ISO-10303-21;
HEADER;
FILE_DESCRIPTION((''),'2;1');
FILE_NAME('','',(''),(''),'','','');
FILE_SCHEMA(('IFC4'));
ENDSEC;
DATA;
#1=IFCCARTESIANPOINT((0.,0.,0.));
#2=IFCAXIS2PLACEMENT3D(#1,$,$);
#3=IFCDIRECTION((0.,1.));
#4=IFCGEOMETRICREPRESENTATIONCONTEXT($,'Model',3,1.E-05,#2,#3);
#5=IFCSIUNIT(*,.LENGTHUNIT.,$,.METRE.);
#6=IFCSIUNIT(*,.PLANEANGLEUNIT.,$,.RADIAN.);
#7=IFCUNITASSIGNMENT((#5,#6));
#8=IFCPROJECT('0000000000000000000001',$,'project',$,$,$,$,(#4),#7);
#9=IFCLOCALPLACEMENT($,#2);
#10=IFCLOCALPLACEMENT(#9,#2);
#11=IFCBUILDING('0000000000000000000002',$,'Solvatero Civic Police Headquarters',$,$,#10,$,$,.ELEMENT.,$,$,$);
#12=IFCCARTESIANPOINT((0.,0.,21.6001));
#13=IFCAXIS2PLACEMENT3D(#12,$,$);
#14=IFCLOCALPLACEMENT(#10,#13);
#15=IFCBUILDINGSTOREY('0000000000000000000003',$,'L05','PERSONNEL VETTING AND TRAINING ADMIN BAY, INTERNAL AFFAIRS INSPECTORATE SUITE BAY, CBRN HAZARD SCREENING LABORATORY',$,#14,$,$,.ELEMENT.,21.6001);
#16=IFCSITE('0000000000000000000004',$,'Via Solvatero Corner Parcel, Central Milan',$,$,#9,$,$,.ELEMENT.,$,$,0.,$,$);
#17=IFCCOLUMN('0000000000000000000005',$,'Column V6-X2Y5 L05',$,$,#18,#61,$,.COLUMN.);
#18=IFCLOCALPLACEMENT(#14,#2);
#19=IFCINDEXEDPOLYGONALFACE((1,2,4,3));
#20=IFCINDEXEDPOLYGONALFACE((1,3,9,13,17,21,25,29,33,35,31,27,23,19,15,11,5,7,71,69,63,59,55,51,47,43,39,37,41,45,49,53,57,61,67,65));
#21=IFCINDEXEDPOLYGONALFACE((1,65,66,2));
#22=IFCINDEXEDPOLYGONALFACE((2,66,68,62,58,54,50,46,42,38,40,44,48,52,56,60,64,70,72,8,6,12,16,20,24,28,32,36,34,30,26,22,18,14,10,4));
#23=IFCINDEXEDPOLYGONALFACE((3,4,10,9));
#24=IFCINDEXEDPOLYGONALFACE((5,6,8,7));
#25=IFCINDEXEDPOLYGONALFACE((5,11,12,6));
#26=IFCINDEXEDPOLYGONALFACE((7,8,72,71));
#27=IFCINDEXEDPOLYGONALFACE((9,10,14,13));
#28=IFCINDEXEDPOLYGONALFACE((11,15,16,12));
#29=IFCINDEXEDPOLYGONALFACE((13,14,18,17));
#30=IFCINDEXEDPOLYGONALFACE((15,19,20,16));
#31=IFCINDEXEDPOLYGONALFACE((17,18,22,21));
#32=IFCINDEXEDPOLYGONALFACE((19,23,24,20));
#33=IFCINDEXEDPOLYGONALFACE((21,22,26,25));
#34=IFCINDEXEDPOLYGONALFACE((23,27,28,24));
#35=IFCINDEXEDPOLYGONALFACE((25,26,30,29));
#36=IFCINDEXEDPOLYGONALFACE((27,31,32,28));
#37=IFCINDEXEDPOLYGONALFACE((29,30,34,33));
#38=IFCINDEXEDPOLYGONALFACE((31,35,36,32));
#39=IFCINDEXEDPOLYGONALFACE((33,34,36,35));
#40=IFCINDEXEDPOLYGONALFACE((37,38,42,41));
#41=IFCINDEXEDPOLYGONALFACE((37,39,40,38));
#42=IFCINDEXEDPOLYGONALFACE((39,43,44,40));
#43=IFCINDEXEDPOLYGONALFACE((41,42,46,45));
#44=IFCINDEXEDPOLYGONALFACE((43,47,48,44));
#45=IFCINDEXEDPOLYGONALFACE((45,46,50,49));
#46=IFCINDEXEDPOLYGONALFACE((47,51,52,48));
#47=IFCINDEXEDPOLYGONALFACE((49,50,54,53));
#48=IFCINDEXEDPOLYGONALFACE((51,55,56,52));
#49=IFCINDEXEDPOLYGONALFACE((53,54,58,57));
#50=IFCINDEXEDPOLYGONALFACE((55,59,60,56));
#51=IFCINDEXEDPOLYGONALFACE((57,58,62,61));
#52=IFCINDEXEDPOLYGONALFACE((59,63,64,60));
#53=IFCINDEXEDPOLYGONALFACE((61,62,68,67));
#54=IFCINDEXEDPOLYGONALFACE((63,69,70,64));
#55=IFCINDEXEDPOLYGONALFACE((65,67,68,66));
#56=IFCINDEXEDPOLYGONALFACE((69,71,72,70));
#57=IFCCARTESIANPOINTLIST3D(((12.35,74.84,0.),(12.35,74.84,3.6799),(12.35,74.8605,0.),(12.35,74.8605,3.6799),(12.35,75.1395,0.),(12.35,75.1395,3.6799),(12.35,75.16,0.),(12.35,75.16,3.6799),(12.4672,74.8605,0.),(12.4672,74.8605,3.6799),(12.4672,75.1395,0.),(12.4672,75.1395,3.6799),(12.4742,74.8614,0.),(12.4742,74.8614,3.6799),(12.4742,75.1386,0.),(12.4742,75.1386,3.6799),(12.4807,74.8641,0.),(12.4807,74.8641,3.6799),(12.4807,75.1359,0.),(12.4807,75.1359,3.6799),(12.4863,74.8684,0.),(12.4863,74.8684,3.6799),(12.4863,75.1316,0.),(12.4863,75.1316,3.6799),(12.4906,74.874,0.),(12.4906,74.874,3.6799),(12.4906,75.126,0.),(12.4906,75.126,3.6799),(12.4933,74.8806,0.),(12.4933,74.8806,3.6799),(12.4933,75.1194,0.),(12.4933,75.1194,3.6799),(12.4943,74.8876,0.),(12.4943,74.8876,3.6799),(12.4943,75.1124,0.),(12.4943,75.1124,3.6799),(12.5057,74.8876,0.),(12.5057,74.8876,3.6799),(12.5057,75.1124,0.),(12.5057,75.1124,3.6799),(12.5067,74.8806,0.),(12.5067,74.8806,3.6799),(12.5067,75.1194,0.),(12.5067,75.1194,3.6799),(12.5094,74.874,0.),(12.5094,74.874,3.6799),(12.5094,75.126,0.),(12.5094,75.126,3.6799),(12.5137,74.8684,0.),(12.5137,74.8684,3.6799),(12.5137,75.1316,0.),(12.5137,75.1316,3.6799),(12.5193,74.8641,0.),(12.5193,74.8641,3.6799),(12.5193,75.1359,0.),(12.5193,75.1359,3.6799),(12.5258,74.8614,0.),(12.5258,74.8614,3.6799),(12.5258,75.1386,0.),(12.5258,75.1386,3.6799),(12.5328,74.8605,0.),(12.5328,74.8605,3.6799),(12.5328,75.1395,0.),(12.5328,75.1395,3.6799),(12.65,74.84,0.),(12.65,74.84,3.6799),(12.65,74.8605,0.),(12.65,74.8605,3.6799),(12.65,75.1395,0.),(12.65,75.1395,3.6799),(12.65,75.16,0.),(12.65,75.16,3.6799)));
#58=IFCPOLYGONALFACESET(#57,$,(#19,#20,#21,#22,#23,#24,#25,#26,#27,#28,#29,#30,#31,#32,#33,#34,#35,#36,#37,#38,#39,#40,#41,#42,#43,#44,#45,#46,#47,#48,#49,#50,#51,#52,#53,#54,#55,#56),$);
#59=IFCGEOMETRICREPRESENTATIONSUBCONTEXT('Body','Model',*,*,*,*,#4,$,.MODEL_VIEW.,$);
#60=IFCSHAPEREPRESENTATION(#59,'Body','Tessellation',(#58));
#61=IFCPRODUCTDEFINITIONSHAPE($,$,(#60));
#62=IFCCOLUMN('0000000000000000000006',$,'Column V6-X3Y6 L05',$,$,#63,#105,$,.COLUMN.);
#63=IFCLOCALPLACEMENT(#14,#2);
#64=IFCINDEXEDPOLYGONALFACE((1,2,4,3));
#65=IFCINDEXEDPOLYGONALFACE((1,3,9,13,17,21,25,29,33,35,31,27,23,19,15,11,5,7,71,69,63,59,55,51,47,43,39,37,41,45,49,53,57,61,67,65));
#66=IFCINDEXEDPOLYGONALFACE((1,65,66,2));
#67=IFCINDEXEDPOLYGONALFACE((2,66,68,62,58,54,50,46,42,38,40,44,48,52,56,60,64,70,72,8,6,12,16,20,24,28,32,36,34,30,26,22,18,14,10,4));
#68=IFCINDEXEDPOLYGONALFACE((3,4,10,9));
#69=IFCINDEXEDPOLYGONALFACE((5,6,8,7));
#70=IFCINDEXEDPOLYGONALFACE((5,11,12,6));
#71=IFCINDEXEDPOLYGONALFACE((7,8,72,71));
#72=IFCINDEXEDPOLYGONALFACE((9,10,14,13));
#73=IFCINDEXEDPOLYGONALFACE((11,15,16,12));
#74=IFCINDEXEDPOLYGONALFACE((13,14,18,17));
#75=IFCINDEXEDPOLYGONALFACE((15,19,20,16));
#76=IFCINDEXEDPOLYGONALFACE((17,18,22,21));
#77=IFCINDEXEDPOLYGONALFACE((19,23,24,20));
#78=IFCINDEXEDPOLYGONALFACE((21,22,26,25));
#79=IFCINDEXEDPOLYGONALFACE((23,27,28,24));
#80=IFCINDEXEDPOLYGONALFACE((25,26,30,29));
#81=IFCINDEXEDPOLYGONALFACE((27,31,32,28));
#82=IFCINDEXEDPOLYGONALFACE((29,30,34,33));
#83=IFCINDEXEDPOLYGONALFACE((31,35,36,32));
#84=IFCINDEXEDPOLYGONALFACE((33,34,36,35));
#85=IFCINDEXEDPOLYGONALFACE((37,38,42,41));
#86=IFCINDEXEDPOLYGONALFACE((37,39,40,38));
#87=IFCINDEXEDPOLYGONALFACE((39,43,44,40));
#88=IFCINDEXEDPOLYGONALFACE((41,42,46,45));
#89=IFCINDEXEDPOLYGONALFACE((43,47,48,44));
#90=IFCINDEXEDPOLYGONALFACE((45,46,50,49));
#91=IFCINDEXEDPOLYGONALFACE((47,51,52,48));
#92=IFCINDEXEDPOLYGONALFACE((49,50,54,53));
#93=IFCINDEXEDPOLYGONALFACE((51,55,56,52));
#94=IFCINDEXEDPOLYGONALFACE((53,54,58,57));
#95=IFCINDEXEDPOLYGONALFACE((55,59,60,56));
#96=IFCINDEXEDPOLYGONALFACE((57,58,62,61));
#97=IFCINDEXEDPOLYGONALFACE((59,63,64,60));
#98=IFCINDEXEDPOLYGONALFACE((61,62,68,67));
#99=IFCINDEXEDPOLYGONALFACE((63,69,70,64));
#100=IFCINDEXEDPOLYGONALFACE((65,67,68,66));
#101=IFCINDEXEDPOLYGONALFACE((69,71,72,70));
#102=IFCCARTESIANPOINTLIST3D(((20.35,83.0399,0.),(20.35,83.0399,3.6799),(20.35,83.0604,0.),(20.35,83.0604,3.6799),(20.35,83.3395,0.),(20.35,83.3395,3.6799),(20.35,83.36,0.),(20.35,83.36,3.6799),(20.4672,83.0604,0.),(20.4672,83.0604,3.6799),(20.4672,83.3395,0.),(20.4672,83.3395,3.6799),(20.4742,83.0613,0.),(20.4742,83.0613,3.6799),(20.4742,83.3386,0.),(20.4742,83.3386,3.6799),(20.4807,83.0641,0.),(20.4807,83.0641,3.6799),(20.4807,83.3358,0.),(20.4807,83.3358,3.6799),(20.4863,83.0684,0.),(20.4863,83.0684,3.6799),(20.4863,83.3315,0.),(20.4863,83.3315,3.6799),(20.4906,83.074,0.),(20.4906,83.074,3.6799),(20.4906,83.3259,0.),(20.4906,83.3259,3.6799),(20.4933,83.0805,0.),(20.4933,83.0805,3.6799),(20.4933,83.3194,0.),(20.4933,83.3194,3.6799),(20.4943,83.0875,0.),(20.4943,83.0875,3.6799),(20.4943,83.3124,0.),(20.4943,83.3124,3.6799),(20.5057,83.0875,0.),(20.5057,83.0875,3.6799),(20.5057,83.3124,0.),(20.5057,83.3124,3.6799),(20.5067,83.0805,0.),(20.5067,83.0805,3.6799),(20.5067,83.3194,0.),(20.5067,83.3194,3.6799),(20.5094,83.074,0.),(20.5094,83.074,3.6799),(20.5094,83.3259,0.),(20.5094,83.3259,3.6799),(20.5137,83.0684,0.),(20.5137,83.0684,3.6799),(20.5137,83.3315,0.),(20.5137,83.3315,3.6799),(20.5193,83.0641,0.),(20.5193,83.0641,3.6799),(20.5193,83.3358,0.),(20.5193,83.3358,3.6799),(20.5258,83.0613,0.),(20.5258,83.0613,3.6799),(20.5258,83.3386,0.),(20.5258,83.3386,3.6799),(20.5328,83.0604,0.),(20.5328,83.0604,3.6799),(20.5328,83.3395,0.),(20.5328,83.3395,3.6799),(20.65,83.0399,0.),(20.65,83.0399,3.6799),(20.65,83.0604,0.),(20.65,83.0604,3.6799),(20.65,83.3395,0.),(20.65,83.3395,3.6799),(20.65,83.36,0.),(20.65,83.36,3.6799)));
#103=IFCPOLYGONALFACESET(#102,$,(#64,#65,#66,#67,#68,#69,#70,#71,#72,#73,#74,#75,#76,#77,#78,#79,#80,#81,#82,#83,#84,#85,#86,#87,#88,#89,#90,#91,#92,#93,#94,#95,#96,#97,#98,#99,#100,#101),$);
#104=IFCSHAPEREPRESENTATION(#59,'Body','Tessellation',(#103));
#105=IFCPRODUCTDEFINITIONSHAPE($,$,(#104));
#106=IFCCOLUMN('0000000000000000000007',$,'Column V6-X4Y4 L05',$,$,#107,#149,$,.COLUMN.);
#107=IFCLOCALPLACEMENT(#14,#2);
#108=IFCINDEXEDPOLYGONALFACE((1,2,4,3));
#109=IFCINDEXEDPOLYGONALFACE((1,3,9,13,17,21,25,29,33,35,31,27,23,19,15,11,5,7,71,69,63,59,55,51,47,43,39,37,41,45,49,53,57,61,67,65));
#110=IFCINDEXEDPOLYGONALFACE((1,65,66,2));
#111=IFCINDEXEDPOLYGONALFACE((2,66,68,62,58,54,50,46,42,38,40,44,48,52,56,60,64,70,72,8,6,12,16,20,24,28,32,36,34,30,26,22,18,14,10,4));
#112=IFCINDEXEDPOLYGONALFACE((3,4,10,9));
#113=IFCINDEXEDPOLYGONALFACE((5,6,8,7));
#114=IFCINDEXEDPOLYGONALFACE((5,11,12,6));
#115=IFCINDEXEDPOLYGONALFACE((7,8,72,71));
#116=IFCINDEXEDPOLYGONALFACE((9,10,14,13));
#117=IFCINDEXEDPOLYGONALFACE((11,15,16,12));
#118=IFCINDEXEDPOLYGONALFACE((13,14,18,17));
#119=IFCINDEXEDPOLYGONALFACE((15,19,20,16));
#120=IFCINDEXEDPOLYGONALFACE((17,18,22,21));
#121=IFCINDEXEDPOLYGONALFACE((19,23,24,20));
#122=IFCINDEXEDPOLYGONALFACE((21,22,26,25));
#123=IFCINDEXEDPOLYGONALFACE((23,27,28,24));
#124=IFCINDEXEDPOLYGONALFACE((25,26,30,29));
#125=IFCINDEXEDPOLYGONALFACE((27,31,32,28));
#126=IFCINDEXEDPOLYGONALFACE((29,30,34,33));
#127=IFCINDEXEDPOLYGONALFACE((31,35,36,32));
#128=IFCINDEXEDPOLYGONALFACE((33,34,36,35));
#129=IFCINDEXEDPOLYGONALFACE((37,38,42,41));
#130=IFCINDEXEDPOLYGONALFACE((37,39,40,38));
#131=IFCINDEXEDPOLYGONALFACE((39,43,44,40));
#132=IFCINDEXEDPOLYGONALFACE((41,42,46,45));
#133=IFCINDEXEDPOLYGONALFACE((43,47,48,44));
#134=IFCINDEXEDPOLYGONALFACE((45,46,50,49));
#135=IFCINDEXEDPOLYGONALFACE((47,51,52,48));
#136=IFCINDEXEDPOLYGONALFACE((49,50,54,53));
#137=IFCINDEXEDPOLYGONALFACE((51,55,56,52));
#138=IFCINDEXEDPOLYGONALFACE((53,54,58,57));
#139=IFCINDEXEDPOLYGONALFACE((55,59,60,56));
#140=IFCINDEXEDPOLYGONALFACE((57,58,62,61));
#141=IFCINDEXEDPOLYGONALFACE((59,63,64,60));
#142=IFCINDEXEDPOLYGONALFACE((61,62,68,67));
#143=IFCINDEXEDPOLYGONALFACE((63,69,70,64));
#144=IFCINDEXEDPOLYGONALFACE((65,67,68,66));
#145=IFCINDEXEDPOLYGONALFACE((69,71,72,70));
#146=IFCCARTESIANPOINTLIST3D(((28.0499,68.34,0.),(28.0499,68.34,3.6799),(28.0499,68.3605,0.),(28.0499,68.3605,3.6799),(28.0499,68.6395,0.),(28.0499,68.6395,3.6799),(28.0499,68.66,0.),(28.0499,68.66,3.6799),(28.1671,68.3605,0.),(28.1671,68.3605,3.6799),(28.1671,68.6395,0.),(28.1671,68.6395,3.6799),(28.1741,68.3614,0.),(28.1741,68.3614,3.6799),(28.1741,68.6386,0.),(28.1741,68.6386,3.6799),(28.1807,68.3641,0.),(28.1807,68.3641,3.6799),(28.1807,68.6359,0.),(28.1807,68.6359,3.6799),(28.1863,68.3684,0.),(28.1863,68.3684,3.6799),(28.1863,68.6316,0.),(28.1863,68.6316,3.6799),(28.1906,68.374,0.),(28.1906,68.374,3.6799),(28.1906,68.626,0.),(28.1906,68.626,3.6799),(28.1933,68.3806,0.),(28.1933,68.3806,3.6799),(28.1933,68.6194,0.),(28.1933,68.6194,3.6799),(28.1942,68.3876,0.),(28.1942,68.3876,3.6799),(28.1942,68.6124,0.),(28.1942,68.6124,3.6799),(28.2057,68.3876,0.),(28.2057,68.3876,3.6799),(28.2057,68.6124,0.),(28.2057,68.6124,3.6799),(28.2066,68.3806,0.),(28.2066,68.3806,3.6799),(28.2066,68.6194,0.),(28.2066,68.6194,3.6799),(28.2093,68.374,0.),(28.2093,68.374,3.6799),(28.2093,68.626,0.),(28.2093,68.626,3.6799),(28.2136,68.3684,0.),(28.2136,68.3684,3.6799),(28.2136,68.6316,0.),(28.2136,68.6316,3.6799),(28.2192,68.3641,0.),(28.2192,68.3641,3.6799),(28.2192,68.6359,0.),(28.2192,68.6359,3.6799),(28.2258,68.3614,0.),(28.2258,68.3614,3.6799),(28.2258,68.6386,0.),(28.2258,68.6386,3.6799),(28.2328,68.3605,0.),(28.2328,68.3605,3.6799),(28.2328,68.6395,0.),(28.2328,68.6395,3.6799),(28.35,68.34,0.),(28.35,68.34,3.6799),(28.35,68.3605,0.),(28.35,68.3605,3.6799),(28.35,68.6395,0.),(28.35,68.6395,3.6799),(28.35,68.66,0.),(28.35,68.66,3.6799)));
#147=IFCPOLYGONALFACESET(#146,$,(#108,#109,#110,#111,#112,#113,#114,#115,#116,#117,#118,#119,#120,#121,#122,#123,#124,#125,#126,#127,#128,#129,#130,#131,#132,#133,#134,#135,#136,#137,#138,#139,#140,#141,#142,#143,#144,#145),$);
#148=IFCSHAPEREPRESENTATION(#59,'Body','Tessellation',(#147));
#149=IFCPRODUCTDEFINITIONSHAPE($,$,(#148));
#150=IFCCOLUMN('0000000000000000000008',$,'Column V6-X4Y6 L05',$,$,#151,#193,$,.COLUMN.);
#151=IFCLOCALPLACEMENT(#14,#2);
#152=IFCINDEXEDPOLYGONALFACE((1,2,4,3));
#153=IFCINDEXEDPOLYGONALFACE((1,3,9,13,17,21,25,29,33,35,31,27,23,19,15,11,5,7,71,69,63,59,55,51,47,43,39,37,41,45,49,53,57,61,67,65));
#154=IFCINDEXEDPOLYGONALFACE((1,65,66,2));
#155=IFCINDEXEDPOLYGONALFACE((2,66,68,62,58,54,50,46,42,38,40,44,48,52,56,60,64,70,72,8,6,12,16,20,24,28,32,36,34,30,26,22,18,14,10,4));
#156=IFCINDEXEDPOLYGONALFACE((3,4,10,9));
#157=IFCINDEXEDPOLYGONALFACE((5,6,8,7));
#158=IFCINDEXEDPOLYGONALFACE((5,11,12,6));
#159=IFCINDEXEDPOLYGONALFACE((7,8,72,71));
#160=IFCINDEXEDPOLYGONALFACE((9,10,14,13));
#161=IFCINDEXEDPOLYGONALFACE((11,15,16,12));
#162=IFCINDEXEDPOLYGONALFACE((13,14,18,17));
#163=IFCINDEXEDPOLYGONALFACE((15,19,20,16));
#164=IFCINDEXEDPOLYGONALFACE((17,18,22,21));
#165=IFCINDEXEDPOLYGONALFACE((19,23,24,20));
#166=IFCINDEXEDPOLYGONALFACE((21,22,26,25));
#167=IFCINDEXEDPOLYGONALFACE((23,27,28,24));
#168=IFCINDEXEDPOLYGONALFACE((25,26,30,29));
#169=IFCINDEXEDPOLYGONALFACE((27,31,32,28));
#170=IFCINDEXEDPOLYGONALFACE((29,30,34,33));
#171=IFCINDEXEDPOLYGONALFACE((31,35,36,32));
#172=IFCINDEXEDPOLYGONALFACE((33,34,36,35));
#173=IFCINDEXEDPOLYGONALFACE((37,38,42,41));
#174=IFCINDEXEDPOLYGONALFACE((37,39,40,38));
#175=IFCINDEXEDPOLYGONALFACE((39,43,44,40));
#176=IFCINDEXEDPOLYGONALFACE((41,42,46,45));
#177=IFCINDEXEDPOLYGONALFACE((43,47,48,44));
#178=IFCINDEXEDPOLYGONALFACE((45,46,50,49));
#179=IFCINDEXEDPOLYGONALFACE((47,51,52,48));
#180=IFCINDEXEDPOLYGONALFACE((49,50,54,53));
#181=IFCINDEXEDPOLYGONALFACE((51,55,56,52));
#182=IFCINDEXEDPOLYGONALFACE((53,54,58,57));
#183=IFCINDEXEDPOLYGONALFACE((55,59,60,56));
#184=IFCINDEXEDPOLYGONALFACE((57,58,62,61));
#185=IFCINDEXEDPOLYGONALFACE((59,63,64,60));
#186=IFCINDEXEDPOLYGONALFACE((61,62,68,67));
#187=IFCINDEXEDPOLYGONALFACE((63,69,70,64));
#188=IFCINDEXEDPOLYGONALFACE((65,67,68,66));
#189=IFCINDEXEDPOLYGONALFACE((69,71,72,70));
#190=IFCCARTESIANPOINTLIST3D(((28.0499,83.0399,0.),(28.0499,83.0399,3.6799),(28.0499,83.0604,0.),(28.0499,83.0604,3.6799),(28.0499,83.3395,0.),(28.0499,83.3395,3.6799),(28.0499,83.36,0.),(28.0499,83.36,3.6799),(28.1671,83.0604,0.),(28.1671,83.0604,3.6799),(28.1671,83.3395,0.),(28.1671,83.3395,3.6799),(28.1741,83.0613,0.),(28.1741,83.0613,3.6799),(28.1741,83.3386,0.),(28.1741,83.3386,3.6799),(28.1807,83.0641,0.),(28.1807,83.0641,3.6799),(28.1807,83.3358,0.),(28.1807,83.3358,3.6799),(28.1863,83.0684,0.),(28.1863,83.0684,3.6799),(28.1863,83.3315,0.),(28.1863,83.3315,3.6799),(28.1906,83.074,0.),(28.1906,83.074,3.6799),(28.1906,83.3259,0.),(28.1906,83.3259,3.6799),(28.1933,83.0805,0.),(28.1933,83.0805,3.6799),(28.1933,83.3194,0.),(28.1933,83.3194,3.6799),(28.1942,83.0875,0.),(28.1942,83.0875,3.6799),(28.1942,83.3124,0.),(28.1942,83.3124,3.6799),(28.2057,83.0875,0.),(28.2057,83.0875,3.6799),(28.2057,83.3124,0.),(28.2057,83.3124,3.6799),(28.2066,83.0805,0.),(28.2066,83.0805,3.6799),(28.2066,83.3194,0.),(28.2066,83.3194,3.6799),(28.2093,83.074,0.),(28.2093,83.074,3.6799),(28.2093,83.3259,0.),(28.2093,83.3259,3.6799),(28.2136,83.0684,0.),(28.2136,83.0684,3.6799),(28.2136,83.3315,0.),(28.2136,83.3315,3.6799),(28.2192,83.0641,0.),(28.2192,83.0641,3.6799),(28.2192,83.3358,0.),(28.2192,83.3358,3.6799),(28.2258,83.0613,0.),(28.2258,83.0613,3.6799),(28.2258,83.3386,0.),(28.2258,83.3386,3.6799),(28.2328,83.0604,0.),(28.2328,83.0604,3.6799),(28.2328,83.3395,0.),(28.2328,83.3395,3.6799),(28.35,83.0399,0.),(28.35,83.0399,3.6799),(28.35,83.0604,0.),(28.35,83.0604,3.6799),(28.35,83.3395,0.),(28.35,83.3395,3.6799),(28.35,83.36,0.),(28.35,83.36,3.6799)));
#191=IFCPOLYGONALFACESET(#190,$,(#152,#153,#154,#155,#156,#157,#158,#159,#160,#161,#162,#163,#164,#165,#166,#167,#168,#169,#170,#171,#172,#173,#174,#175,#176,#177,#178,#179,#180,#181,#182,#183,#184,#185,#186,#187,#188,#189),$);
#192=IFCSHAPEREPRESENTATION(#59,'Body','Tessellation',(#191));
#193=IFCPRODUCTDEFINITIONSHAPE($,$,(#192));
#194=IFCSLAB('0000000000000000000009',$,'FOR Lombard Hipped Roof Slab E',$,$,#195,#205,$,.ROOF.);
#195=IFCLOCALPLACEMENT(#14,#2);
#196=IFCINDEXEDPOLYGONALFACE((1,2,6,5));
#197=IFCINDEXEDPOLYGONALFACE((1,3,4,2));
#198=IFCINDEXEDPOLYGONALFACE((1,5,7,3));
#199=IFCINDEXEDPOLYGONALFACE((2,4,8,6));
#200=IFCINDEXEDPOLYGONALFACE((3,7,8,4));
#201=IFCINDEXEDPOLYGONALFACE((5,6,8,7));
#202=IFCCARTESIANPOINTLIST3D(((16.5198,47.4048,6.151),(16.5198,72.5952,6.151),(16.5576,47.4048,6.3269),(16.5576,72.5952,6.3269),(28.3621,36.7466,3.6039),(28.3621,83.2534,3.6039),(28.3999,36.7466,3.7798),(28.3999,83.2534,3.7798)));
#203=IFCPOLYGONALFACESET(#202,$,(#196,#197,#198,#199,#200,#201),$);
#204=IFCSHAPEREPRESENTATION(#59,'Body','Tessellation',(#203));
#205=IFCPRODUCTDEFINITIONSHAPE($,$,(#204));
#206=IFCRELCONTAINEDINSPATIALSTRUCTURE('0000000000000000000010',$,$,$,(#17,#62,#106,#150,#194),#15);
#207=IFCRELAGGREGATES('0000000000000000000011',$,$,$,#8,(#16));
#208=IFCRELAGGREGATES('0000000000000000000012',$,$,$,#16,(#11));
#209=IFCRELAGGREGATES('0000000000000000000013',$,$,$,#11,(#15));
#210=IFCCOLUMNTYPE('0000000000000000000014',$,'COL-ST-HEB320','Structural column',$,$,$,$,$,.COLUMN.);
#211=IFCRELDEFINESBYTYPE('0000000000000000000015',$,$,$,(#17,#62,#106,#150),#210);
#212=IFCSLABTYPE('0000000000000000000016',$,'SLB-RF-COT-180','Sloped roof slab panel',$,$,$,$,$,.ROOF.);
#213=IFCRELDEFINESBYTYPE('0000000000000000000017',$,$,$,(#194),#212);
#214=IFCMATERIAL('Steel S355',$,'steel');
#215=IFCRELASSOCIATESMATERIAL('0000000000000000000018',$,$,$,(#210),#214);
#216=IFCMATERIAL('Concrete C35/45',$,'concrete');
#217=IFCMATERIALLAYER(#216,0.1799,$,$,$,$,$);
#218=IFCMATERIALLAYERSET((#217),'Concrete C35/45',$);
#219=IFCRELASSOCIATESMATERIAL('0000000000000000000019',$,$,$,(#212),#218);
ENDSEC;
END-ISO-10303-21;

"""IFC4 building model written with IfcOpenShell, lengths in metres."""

from ifc_helpers import new_model, si_unit, direction, frame, origin, origin_2d, place, context, subcontext, project, spatial, polyline, i_section, outline, extrude, material, layer, layer_set, material_profile, profile_set, type_object, element, save


model = new_model("IFC4")

# Units and contexts
model_context = context("Model", 3, precision=1e-05, world=origin(), true_north=direction((0.0, 1.0)))
body_context = subcontext(model_context, "Body", "Model", "MODEL_VIEW")
ifc_project = project(units=[si_unit("LENGTHUNIT", "METRE"), si_unit("PLANEANGLEUNIT", "RADIAN")], contexts=[model_context])

# Site, building, storey
site_placement = place(None, origin())
site = spatial("IfcSite", under=ifc_project, at=site_placement, Name="Via Solvatero Corner Parcel, Central Milan", CompositionType="ELEMENT", RefElevation=0.0)
building_placement = place(site_placement, origin())
building = spatial("IfcBuilding", under=site, at=building_placement, Name="Solvatero Civic Police Headquarters", CompositionType="ELEMENT")
storey_placement = place(building_placement, frame((0.0, 0.0, 21.6001)))
storey = spatial("IfcBuildingStorey", under=building, at=storey_placement, Name="L05", Description="PERSONNEL VETTING AND TRAINING ADMIN BAY, INTERNAL AFFAIRS INSPECTORATE SUITE BAY, CBRN HAZARD SCREENING LABORATORY", CompositionType="ELEMENT", Elevation=21.6001)

# Columns
ifc_material_1 = material(Name="Steel S355", Category="steel")
ifc_material_profile_1 = material_profile(ifc_material_1, i_section(OverallWidth=0.3, OverallDepth=0.3201, WebThickness=0.0115, FlangeThickness=0.0205, FilletRadius=0.0271, at=origin_2d()), Name="HEB 320")
ifc_profile_set_1 = profile_set([ifc_material_profile_1], Name="Steel S355")
column_type_1 = type_object("IfcColumnType", Name="COL-ST-HEB320", Description="Structural column", PredefinedType="COLUMN", material=ifc_profile_set_1)
for number, where, z_axis, x_axis, name in (
    (1, (12.5, 75.0, 0.0), (0.0, 0.0, 1.0), (1.0, 0.0, 0.0), "Column V6-X2Y5 L05"),
    (2, (20.5, 83.2, 0.0), (0.0, 0.0, 1.0), (1.0, 0.0, 0.0), "Column V6-X3Y6 L05"),
    (3, (28.2, 68.5, 0.0), (0.0, 0.0, 1.0), (1.0, 0.0, 0.0), "Column V6-X4Y4 L05"),
    (4, (28.2, 83.2, 0.0), (0.0, 0.0, 1.0), (1.0, 0.0, 0.0), "Column V6-X4Y6 L05"),
):
    element("IfcColumn", number, at=place(storey_placement, frame(where, z_axis=z_axis, x_axis=x_axis)), inside=storey, type_object=column_type_1, Name=name, PredefinedType="COLUMN", context=body_context, shape_type="SweptSolid", body=[
        extrude(i_section(OverallWidth=0.3, OverallDepth=0.3201, WebThickness=0.0115, FlangeThickness=0.0205, FilletRadius=0.0271, at=origin_2d()), origin(), (0.0, 0.0, 1.0), 3.6799),
    ])

# Slab
ifc_material_2 = material(Name="Concrete C35/45", Category="concrete")
ifc_layer_1 = layer(ifc_material_2, 0.1799)
ifc_layer_set_1 = layer_set([ifc_layer_1], Name="Concrete C35/45")
slab_type = type_object("IfcSlabType", Name="SLB-RF-COT-180", Description="Sloped roof slab panel", PredefinedType="ROOF", material=ifc_layer_set_1)
slab_1_placement = place(storey_placement, frame((16.5576, 72.5952, 6.3269), z_axis=(0.210278, 0.0, 0.977642), x_axis=(0.733969, 0.660581, -0.157867)))
element("IfcSlab", 5, at=slab_1_placement, inside=storey, type_object=slab_type, Name="FOR Lombard Hipped Roof Slab E", PredefinedType="ROOF", context=body_context, shape_type="SweptSolid", body=[
    extrude(outline(polyline([(0.0, 0.0), (16.1346, 0.0), (-14.587, -34.9152), (-16.6403, -18.9118), (0.0, 0.0)])), origin(), (0.0, 0.0, -1.0), 0.1799),
])

save(model, "model.ifc")
